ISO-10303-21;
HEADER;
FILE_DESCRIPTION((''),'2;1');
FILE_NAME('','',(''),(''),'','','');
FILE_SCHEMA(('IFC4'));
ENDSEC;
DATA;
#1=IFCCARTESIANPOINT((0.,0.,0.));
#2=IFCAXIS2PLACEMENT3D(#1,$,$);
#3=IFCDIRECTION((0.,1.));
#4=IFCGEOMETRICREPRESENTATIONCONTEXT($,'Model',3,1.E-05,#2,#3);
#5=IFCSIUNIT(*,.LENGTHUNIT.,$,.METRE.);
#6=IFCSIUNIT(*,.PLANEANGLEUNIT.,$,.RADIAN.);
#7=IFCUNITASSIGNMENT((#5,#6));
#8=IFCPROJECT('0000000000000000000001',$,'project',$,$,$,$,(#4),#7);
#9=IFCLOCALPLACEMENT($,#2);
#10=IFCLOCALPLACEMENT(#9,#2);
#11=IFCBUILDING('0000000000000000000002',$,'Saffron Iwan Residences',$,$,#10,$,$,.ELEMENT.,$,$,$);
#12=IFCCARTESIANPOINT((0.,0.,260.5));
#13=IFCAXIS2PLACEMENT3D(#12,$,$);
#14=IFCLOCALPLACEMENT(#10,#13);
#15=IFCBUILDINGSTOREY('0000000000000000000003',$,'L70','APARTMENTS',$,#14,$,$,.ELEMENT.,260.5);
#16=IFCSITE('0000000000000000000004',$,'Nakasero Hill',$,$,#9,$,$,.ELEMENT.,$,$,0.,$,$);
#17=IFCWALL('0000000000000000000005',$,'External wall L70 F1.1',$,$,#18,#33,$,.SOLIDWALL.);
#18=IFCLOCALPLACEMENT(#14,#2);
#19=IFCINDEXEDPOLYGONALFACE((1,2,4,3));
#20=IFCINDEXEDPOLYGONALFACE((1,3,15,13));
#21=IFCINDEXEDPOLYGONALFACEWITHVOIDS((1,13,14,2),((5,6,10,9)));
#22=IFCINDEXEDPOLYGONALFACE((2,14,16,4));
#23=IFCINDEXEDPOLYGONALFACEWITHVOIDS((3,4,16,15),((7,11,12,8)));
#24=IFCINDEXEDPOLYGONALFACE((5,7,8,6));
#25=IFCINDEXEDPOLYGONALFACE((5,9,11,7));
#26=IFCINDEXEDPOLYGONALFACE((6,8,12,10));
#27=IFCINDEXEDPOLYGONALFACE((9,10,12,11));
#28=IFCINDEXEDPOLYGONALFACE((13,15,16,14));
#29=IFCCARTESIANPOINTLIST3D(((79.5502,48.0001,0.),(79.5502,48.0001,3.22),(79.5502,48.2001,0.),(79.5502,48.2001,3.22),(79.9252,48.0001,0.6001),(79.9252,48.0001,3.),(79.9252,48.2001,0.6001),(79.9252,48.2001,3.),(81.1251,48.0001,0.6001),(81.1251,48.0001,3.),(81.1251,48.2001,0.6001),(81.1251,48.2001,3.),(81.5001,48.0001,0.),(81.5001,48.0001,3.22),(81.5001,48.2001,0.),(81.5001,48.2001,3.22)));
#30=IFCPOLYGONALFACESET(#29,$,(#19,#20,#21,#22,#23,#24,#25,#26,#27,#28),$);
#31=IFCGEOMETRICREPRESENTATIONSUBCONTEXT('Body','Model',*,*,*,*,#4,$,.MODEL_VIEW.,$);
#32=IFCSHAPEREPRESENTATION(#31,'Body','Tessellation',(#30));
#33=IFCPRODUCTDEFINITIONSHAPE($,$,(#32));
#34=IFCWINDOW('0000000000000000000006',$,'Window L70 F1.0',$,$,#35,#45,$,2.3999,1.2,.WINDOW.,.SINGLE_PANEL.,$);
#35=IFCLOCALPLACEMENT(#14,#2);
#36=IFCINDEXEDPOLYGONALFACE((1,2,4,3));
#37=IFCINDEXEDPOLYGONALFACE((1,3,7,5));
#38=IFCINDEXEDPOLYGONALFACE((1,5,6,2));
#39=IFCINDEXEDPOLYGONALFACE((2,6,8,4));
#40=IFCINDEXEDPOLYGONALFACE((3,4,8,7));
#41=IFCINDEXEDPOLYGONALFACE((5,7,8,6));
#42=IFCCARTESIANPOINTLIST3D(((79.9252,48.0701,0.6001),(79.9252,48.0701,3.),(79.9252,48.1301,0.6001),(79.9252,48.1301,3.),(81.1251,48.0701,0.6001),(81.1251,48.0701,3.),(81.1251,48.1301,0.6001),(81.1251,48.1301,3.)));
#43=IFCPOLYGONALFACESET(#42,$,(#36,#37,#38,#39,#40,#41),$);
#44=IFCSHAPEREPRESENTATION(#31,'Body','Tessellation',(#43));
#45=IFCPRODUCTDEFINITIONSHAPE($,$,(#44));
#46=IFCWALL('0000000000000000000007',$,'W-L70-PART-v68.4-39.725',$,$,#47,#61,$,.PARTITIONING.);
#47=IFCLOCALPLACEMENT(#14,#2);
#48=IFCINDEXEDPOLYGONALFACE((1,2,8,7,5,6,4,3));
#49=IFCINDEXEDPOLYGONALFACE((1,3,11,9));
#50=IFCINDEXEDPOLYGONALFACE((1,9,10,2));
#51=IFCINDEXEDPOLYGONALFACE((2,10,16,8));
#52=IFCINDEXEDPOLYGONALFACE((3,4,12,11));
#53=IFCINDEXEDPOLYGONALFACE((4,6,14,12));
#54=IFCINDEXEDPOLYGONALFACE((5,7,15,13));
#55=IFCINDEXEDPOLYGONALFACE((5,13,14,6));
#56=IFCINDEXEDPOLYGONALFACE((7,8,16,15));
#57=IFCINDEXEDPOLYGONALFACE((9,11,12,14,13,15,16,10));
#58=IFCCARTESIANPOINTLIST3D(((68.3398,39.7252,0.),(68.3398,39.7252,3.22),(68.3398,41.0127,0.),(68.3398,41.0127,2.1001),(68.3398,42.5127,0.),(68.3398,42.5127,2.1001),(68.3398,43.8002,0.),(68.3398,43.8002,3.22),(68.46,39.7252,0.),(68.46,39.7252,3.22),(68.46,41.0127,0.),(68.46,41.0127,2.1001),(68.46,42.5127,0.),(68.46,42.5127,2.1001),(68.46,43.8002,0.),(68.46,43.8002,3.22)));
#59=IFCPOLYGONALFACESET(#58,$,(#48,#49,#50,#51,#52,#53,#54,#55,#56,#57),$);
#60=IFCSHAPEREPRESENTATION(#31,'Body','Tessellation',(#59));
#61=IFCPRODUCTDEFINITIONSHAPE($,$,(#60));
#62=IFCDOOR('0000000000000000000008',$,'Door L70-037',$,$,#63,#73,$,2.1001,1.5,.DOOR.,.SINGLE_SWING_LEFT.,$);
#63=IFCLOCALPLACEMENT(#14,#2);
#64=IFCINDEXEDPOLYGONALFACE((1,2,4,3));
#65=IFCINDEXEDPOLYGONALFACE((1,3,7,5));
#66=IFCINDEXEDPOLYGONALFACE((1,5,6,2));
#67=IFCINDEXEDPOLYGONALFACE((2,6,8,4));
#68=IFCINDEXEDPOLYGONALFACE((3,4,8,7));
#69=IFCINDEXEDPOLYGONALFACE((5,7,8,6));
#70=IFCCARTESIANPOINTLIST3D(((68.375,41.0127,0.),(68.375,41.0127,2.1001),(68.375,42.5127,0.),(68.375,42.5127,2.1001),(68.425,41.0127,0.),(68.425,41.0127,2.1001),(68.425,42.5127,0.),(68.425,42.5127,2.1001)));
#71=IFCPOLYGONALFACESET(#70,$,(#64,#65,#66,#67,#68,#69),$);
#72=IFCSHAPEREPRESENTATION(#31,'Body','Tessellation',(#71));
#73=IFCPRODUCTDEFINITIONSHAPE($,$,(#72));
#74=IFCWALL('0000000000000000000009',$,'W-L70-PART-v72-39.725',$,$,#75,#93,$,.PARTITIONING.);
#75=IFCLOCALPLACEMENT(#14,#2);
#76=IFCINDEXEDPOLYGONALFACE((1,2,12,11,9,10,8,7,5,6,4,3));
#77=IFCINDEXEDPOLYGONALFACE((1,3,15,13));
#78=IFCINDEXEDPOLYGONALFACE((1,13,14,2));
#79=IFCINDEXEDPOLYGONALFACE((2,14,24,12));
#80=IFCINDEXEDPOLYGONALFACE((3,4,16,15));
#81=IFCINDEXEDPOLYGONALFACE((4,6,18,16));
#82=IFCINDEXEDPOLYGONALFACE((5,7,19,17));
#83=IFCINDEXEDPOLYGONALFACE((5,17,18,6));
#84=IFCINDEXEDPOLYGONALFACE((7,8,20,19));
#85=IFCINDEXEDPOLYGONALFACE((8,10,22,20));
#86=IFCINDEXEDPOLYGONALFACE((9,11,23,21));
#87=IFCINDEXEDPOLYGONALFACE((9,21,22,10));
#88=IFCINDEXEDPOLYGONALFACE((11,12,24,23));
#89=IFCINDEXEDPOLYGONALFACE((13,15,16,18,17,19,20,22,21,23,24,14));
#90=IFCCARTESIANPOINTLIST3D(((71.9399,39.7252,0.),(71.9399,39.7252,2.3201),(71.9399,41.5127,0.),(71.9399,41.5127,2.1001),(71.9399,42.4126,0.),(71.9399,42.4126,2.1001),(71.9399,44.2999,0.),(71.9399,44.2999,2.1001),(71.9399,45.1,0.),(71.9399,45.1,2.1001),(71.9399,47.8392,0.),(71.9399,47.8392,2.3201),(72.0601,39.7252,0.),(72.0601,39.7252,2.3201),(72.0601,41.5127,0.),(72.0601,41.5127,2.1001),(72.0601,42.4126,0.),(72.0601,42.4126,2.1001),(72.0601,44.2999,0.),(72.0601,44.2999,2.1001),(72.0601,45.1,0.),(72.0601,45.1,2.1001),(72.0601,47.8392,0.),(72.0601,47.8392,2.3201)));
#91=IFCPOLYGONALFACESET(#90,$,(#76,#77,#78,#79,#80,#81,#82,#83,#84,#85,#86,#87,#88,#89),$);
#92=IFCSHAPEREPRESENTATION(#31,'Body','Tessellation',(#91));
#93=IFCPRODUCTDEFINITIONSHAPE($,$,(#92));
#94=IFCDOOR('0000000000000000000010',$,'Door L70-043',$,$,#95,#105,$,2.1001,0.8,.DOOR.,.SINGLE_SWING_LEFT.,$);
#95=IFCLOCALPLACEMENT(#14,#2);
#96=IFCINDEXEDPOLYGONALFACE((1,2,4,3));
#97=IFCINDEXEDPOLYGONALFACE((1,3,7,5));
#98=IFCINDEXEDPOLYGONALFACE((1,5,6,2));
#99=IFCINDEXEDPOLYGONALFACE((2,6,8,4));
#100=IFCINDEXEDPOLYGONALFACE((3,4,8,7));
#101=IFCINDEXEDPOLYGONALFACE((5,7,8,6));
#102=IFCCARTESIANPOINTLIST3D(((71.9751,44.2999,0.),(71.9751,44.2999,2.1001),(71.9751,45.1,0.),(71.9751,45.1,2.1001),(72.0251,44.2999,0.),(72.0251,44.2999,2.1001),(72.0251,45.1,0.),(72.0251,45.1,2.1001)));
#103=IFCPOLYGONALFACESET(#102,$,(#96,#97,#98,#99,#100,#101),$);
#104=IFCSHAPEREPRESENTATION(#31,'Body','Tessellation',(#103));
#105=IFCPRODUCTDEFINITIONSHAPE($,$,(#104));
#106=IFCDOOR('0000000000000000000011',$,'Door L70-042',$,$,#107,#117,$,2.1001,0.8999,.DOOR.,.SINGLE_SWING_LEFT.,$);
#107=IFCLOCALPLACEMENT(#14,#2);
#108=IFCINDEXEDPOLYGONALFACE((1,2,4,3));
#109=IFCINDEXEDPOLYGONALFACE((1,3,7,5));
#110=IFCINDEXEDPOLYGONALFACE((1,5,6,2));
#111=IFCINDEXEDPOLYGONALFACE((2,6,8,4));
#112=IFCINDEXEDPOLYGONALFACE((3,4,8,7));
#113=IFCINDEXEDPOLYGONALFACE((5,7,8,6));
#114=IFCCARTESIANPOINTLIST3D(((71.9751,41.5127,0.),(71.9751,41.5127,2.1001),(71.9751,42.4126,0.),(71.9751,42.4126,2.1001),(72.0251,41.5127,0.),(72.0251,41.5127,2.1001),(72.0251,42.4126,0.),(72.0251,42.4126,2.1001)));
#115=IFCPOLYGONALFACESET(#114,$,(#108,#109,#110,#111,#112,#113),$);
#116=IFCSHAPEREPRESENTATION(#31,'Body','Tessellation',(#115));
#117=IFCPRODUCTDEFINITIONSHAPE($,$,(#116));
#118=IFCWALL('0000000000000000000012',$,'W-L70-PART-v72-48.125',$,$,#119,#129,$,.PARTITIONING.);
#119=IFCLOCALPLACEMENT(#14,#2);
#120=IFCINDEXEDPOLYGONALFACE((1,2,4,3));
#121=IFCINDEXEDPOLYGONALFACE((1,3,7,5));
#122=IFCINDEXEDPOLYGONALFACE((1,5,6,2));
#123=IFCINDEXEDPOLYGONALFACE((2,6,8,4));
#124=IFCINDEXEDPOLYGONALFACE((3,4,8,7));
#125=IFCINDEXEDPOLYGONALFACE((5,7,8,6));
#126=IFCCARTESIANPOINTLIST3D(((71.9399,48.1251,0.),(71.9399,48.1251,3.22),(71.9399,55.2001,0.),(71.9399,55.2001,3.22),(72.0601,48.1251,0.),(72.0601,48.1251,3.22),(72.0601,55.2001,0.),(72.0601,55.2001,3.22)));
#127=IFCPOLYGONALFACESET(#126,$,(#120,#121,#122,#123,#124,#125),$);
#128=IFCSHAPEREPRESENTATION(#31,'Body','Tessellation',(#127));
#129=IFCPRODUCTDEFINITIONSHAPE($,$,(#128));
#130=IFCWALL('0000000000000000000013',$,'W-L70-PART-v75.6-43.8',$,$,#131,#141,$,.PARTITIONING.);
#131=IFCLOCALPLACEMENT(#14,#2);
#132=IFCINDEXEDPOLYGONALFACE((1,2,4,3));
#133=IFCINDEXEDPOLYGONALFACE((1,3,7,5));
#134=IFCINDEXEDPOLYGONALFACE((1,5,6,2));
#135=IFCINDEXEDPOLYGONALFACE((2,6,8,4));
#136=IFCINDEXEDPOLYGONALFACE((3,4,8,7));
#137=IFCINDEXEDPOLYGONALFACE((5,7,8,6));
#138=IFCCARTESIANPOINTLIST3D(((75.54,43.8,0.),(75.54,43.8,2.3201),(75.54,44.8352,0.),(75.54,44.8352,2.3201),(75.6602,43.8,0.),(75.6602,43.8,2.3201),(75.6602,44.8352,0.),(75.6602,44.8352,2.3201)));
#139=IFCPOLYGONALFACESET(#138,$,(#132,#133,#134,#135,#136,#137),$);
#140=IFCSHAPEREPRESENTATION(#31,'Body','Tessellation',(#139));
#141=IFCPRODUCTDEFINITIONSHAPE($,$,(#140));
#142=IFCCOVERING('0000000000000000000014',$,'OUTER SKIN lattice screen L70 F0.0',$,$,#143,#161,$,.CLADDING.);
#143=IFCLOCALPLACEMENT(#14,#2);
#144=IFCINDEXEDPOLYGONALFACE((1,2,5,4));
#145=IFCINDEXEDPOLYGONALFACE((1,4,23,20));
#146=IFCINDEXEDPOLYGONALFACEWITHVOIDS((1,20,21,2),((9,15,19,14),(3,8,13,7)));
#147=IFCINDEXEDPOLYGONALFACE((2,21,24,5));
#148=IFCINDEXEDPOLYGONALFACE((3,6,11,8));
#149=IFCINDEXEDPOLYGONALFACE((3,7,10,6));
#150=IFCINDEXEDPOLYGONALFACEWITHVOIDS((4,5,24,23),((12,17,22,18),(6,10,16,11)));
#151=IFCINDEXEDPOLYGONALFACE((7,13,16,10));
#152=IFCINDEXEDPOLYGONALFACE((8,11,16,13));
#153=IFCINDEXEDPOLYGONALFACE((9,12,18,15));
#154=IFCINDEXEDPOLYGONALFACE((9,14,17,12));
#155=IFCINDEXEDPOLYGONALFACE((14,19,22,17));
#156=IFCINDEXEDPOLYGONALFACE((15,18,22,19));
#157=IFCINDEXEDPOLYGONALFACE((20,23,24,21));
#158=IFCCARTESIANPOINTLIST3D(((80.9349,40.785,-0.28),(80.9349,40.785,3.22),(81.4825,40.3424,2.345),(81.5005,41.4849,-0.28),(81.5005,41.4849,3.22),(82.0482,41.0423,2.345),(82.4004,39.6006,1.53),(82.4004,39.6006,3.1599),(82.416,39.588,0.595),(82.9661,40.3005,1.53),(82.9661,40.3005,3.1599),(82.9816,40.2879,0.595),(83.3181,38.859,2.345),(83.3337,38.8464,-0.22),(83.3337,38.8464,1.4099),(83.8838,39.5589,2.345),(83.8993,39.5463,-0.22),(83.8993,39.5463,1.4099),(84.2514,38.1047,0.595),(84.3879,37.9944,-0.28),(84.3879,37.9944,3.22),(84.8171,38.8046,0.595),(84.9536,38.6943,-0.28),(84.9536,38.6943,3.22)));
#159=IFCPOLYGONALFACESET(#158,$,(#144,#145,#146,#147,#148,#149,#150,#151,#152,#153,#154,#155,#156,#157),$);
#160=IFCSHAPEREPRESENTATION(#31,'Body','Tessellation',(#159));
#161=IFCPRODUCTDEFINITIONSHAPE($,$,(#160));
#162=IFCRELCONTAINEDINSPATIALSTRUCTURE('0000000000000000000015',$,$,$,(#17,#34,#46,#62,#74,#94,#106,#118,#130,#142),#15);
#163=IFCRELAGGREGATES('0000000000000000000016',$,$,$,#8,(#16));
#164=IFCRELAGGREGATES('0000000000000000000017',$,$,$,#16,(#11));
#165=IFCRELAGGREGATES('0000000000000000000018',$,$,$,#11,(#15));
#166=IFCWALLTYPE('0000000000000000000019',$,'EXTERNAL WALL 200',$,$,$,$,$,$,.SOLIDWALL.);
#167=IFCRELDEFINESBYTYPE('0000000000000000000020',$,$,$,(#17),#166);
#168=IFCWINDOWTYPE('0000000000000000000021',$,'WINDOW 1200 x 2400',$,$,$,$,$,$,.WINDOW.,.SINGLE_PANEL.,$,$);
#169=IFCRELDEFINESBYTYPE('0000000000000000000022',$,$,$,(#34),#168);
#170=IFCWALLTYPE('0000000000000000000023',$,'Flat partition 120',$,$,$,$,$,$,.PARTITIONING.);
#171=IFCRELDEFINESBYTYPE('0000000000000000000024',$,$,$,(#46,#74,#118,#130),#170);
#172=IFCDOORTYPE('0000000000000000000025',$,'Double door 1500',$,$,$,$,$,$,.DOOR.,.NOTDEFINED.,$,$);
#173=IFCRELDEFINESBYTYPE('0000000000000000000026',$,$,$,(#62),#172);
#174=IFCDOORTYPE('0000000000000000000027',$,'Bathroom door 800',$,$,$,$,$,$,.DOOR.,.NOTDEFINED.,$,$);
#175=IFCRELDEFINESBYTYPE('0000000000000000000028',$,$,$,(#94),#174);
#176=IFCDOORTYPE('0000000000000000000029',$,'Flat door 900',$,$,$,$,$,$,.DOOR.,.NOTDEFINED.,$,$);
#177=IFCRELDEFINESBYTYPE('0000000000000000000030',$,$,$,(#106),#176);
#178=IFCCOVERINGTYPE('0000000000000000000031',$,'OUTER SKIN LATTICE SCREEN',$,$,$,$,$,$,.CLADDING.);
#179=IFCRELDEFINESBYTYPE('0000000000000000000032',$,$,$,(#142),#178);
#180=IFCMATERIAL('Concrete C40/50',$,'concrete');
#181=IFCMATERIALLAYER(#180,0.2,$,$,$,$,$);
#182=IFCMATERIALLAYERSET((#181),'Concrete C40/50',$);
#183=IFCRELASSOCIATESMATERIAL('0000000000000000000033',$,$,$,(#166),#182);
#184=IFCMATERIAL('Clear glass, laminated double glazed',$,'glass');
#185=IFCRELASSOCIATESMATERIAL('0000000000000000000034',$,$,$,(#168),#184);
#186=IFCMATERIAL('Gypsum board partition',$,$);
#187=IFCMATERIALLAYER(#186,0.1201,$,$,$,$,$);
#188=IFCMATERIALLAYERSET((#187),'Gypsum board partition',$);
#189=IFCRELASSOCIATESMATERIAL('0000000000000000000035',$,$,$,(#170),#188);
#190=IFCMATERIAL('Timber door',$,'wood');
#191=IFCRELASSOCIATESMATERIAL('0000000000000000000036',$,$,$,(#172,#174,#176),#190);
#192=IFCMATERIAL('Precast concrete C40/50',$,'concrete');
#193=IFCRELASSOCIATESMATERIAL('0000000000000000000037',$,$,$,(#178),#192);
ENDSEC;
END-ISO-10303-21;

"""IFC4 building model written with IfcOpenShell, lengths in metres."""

from ifc_helpers import new_model, si_unit, direction, frame, frame_2d, origin, place, context, subcontext, project, spatial, polyline, rectangle, outline, extrude, material, layer, layer_set, type_object, element, fill, save


model = new_model("IFC4")

# Units and contexts
model_context = context("Model", 3, precision=1e-05, world=origin(), true_north=direction((0.0, 1.0)))
body_context = subcontext(model_context, "Body", "Model", "MODEL_VIEW")
ifc_project = project(units=[si_unit("LENGTHUNIT", "METRE"), si_unit("PLANEANGLEUNIT", "RADIAN")], contexts=[model_context])

# Site, building, storey
site_placement = place(None, origin())
site = spatial("IfcSite", under=ifc_project, at=site_placement, Name="Nakasero Hill", CompositionType="ELEMENT", RefElevation=0.0)
building_placement = place(site_placement, origin())
building = spatial("IfcBuilding", under=site, at=building_placement, Name="Saffron Iwan Residences", CompositionType="ELEMENT")
storey_placement = place(building_placement, frame((0.0, 0.0, 260.5)))
storey = spatial("IfcBuildingStorey", under=building, at=storey_placement, Name="L70", Description="APARTMENTS", CompositionType="ELEMENT", Elevation=260.5)

# Shared definitions
ifc_material_1 = material(Name="Concrete C40/50", Category="concrete")

# Shared definitions
ifc_layer_1 = layer(ifc_material_1, 0.2)
ifc_layer_set_1 = layer_set([ifc_layer_1], Name="Concrete C40/50")
wall_type_1 = type_object("IfcWallType", Name="EXTERNAL WALL 200", PredefinedType="SOLIDWALL", material=ifc_layer_set_1)
ifc_material_2 = material(Name="Clear glass, laminated double glazed", Category="glass")

# Wall, opening, window
wall_1_placement = place(storey_placement, frame((79.55, 48.1001, 0.0), z_axis=(0.0, 0.0, 1.0), x_axis=(1.0, 0.0, 0.0)))
wall_1 = element("IfcWall", 1, at=wall_1_placement, inside=storey, type_object=wall_type_1, Name="External wall L70 F1.1", PredefinedType="SOLIDWALL", context=body_context, shape_type="SweptSolid", body=[
    extrude(rectangle(XDim=1.95, YDim=0.2, at=frame_2d((0.9751, 0.0))), origin(), (0.0, 0.0, 1.0), 3.22),
])
opening_1_placement = place(wall_1_placement, frame((0.375, 0.0, 0.6001)))
opening_1 = element("IfcOpeningElement", 2, at=opening_1_placement, cuts=wall_1, PredefinedType="OPENING", context=body_context, shape_type="SweptSolid", body=[
    extrude(rectangle(XDim=1.2, YDim=2.3999, at=frame_2d((0.6001, 1.2))), frame((0.0, 0.1099, 0.0), z_axis=(0.0, -1.0, 0.0), x_axis=(1.0, 0.0, 0.0)), (0.0, 0.0, 1.0), 0.22),
])
window_type_1 = type_object("IfcWindowType", Name="WINDOW 1200 x 2400", PartitioningType="SINGLE_PANEL", PredefinedType="WINDOW", material=ifc_material_2)
window_1_placement = place(opening_1_placement, origin())
window_1 = element("IfcWindow", 3, at=window_1_placement, inside=storey, type_object=window_type_1, Name="Window L70 F1.0", OverallHeight=2.3999, OverallWidth=1.2, PartitioningType="SINGLE_PANEL", PredefinedType="WINDOW", context=body_context, shape_type="SweptSolid", body=[
    extrude(rectangle(XDim=1.2, YDim=2.3999, at=frame_2d((0.6001, 1.2))), frame((0.0, 0.03, 0.0), z_axis=(0.0, -1.0, 0.0), x_axis=(1.0, 0.0, 0.0)), (0.0, 0.0, 1.0), 0.0601),
])
fill(opening_1, window_1)

# Wall, opening, door
ifc_material_3 = material(Name="Gypsum board partition")
ifc_layer_2 = layer(ifc_material_3, 0.1201)
ifc_layer_set_2 = layer_set([ifc_layer_2], Name="Gypsum board partition")
wall_type_2 = type_object("IfcWallType", Name="Flat partition 120", PredefinedType="PARTITIONING", material=ifc_layer_set_2)
wall_2_placement = place(storey_placement, frame((68.3999, 39.7251, 0.0), z_axis=(0.0, 0.0, 1.0), x_axis=(0.0, 1.0, 0.0)))
wall_2 = element("IfcWall", 4, at=wall_2_placement, inside=storey, type_object=wall_type_2, Name="W-L70-PART-v68.4-39.725", PredefinedType="PARTITIONING", context=body_context, shape_type="SweptSolid", body=[
    extrude(rectangle(XDim=4.075, YDim=0.1201, at=frame_2d((2.0376, 0.0))), origin(), (0.0, 0.0, 1.0), 3.22),
])
opening_2_placement = place(wall_2_placement, frame((1.2876, 0.0, 0.0)))
opening_2 = element("IfcOpeningElement", 5, at=opening_2_placement, cuts=wall_2, PredefinedType="OPENING", context=body_context, shape_type="SweptSolid", body=[
    extrude(rectangle(XDim=1.5, YDim=2.1001, at=frame_2d((0.75, 1.05))), frame((0.0, 0.0701, 0.0), z_axis=(0.0, -1.0, 0.0), x_axis=(1.0, 0.0, 0.0)), (0.0, 0.0, 1.0), 0.1401),
])
ifc_material_4 = material(Name="Timber door", Category="wood")
door_type_1 = type_object("IfcDoorType", Name="Double door 1500", OperationType="NOTDEFINED", PredefinedType="DOOR", material=ifc_material_4)
door_1_placement = place(opening_2_placement, origin())
door_1 = element("IfcDoor", 6, at=door_1_placement, inside=storey, type_object=door_type_1, Name="Door L70-037", OperationType="SINGLE_SWING_LEFT", OverallHeight=2.1001, OverallWidth=1.5, PredefinedType="DOOR", context=body_context, shape_type="SweptSolid", body=[
    extrude(rectangle(XDim=1.5, YDim=2.1001, at=frame_2d((0.75, 1.05))), frame((0.0, 0.0249, 0.0), z_axis=(0.0, -1.0, 0.0), x_axis=(1.0, 0.0, 0.0)), (0.0, 0.0, 1.0), 0.05),
])
fill(opening_2, door_1)

# Wall, openings, doors
wall_3_placement = place(storey_placement, frame((72.0, 39.7251, 0.0), z_axis=(0.0, 0.0, 1.0), x_axis=(0.0, 1.0, 0.0)))
wall_3 = element("IfcWall", 7, at=wall_3_placement, inside=storey, type_object=wall_type_2, Name="W-L70-PART-v72-39.725", PredefinedType="PARTITIONING", context=body_context, shape_type="SweptSolid", body=[
    extrude(rectangle(XDim=8.114, YDim=0.1201, at=frame_2d((4.0571, 0.0))), origin(), (0.0, 0.0, 1.0), 2.3201),
])
opening_3_placement = place(wall_3_placement, frame((1.7876, 0.0, 0.0)))
opening_3 = element("IfcOpeningElement", 8, at=opening_3_placement, cuts=wall_3, PredefinedType="OPENING", context=body_context, shape_type="SweptSolid", body=[
    extrude(rectangle(XDim=0.8999, YDim=2.1001, at=frame_2d((0.45, 1.05))), frame((0.0, 0.0701, 0.0), z_axis=(0.0, -1.0, 0.0), x_axis=(1.0, 0.0, 0.0)), (0.0, 0.0, 1.0), 0.1401),
])
opening_4_placement = place(wall_3_placement, frame((4.575, 0.0, 0.0)))
opening_4 = element("IfcOpeningElement", 9, at=opening_4_placement, cuts=wall_3, PredefinedType="OPENING", context=body_context, shape_type="SweptSolid", body=[
    extrude(rectangle(XDim=0.8, YDim=2.1001, at=frame_2d((0.3999, 1.05))), frame((0.0, 0.0701, 0.0), z_axis=(0.0, -1.0, 0.0), x_axis=(1.0, 0.0, 0.0)), (0.0, 0.0, 1.0), 0.1401),
])
door_type_2 = type_object("IfcDoorType", Name="Bathroom door 800", OperationType="NOTDEFINED", PredefinedType="DOOR", material=ifc_material_4)
door_2_placement = place(opening_4_placement, origin())
door_2 = element("IfcDoor", 10, at=door_2_placement, inside=storey, type_object=door_type_2, Name="Door L70-043", OperationType="SINGLE_SWING_LEFT", OverallHeight=2.1001, OverallWidth=0.8, PredefinedType="DOOR", context=body_context, shape_type="SweptSolid", body=[
    extrude(rectangle(XDim=0.8, YDim=2.1001, at=frame_2d((0.3999, 1.05))), frame((0.0, 0.0249, 0.0), z_axis=(0.0, -1.0, 0.0), x_axis=(1.0, 0.0, 0.0)), (0.0, 0.0, 1.0), 0.05),
])
fill(opening_4, door_2)
door_type_3 = type_object("IfcDoorType", Name="Flat door 900", OperationType="NOTDEFINED", PredefinedType="DOOR", material=ifc_material_4)
door_3_placement = place(opening_3_placement, origin())
door_3 = element("IfcDoor", 11, at=door_3_placement, inside=storey, type_object=door_type_3, Name="Door L70-042", OperationType="SINGLE_SWING_LEFT", OverallHeight=2.1001, OverallWidth=0.8999, PredefinedType="DOOR", context=body_context, shape_type="SweptSolid", body=[
    extrude(rectangle(XDim=0.8999, YDim=2.1001, at=frame_2d((0.45, 1.05))), frame((0.0, 0.0249, 0.0), z_axis=(0.0, -1.0, 0.0), x_axis=(1.0, 0.0, 0.0)), (0.0, 0.0, 1.0), 0.05),
])
fill(opening_3, door_3)

# Walls
wall_4_placement = place(storey_placement, frame((72.0, 48.125, 0.0), z_axis=(0.0, 0.0, 1.0), x_axis=(0.0, 1.0, 0.0)))
element("IfcWall", 12, at=wall_4_placement, inside=storey, type_object=wall_type_2, Name="W-L70-PART-v72-48.125", PredefinedType="PARTITIONING", context=body_context, shape_type="SweptSolid", body=[
    extrude(rectangle(XDim=7.075, YDim=0.1201, at=frame_2d((3.5376, 0.0))), origin(), (0.0, 0.0, 1.0), 3.22),
])
wall_5_placement = place(storey_placement, frame((75.6001, 43.8, 0.0), z_axis=(0.0, 0.0, 1.0), x_axis=(0.0, 1.0, 0.0)))
element("IfcWall", 13, at=wall_5_placement, inside=storey, type_object=wall_type_2, Name="W-L70-PART-v75.6-43.8", PredefinedType="PARTITIONING", context=body_context, shape_type="SweptSolid", body=[
    extrude(rectangle(XDim=1.0352, YDim=0.1201, at=frame_2d((0.5176, 0.0))), origin(), (0.0, 0.0, 1.0), 2.3201),
])

# Covering
ifc_material_5 = material(Name="Precast concrete C40/50", Category="concrete")
covering_type = type_object("IfcCoveringType", Name="OUTER SKIN LATTICE SCREEN", PredefinedType="CLADDING", material=ifc_material_5)
covering_1_placement = place(storey_placement, frame((84.3879, 37.9944, -0.28), z_axis=(0.628558, 0.777763, 0.0), x_axis=(-0.777763, 0.628558, 0.0)))
element("IfcCovering", 14, at=covering_1_placement, inside=storey, type_object=covering_type, Name="OUTER SKIN lattice screen L70 F0.0", PredefinedType="CLADDING", context=body_context, shape_type="SweptSolid", body=[
    extrude(outline(polyline([(0.0, 0.0), (4.4397, 0.0), (4.4397, 3.5), (0.0, 3.5), (0.0, 0.0)]), holes=[polyline([(0.1755, 0.875), (1.3555, 0.0601), (2.5354, 0.875), (1.3555, 1.6899), (0.1755, 0.875)]), polyline([(1.3755, 2.625), (2.5554, 1.8101), (3.7356, 2.625), (2.5554, 3.4399), (1.3755, 2.625)])]), origin(), (0.0, 0.0, 1.0), 0.8999),
])

save(model, "model.ifc")
